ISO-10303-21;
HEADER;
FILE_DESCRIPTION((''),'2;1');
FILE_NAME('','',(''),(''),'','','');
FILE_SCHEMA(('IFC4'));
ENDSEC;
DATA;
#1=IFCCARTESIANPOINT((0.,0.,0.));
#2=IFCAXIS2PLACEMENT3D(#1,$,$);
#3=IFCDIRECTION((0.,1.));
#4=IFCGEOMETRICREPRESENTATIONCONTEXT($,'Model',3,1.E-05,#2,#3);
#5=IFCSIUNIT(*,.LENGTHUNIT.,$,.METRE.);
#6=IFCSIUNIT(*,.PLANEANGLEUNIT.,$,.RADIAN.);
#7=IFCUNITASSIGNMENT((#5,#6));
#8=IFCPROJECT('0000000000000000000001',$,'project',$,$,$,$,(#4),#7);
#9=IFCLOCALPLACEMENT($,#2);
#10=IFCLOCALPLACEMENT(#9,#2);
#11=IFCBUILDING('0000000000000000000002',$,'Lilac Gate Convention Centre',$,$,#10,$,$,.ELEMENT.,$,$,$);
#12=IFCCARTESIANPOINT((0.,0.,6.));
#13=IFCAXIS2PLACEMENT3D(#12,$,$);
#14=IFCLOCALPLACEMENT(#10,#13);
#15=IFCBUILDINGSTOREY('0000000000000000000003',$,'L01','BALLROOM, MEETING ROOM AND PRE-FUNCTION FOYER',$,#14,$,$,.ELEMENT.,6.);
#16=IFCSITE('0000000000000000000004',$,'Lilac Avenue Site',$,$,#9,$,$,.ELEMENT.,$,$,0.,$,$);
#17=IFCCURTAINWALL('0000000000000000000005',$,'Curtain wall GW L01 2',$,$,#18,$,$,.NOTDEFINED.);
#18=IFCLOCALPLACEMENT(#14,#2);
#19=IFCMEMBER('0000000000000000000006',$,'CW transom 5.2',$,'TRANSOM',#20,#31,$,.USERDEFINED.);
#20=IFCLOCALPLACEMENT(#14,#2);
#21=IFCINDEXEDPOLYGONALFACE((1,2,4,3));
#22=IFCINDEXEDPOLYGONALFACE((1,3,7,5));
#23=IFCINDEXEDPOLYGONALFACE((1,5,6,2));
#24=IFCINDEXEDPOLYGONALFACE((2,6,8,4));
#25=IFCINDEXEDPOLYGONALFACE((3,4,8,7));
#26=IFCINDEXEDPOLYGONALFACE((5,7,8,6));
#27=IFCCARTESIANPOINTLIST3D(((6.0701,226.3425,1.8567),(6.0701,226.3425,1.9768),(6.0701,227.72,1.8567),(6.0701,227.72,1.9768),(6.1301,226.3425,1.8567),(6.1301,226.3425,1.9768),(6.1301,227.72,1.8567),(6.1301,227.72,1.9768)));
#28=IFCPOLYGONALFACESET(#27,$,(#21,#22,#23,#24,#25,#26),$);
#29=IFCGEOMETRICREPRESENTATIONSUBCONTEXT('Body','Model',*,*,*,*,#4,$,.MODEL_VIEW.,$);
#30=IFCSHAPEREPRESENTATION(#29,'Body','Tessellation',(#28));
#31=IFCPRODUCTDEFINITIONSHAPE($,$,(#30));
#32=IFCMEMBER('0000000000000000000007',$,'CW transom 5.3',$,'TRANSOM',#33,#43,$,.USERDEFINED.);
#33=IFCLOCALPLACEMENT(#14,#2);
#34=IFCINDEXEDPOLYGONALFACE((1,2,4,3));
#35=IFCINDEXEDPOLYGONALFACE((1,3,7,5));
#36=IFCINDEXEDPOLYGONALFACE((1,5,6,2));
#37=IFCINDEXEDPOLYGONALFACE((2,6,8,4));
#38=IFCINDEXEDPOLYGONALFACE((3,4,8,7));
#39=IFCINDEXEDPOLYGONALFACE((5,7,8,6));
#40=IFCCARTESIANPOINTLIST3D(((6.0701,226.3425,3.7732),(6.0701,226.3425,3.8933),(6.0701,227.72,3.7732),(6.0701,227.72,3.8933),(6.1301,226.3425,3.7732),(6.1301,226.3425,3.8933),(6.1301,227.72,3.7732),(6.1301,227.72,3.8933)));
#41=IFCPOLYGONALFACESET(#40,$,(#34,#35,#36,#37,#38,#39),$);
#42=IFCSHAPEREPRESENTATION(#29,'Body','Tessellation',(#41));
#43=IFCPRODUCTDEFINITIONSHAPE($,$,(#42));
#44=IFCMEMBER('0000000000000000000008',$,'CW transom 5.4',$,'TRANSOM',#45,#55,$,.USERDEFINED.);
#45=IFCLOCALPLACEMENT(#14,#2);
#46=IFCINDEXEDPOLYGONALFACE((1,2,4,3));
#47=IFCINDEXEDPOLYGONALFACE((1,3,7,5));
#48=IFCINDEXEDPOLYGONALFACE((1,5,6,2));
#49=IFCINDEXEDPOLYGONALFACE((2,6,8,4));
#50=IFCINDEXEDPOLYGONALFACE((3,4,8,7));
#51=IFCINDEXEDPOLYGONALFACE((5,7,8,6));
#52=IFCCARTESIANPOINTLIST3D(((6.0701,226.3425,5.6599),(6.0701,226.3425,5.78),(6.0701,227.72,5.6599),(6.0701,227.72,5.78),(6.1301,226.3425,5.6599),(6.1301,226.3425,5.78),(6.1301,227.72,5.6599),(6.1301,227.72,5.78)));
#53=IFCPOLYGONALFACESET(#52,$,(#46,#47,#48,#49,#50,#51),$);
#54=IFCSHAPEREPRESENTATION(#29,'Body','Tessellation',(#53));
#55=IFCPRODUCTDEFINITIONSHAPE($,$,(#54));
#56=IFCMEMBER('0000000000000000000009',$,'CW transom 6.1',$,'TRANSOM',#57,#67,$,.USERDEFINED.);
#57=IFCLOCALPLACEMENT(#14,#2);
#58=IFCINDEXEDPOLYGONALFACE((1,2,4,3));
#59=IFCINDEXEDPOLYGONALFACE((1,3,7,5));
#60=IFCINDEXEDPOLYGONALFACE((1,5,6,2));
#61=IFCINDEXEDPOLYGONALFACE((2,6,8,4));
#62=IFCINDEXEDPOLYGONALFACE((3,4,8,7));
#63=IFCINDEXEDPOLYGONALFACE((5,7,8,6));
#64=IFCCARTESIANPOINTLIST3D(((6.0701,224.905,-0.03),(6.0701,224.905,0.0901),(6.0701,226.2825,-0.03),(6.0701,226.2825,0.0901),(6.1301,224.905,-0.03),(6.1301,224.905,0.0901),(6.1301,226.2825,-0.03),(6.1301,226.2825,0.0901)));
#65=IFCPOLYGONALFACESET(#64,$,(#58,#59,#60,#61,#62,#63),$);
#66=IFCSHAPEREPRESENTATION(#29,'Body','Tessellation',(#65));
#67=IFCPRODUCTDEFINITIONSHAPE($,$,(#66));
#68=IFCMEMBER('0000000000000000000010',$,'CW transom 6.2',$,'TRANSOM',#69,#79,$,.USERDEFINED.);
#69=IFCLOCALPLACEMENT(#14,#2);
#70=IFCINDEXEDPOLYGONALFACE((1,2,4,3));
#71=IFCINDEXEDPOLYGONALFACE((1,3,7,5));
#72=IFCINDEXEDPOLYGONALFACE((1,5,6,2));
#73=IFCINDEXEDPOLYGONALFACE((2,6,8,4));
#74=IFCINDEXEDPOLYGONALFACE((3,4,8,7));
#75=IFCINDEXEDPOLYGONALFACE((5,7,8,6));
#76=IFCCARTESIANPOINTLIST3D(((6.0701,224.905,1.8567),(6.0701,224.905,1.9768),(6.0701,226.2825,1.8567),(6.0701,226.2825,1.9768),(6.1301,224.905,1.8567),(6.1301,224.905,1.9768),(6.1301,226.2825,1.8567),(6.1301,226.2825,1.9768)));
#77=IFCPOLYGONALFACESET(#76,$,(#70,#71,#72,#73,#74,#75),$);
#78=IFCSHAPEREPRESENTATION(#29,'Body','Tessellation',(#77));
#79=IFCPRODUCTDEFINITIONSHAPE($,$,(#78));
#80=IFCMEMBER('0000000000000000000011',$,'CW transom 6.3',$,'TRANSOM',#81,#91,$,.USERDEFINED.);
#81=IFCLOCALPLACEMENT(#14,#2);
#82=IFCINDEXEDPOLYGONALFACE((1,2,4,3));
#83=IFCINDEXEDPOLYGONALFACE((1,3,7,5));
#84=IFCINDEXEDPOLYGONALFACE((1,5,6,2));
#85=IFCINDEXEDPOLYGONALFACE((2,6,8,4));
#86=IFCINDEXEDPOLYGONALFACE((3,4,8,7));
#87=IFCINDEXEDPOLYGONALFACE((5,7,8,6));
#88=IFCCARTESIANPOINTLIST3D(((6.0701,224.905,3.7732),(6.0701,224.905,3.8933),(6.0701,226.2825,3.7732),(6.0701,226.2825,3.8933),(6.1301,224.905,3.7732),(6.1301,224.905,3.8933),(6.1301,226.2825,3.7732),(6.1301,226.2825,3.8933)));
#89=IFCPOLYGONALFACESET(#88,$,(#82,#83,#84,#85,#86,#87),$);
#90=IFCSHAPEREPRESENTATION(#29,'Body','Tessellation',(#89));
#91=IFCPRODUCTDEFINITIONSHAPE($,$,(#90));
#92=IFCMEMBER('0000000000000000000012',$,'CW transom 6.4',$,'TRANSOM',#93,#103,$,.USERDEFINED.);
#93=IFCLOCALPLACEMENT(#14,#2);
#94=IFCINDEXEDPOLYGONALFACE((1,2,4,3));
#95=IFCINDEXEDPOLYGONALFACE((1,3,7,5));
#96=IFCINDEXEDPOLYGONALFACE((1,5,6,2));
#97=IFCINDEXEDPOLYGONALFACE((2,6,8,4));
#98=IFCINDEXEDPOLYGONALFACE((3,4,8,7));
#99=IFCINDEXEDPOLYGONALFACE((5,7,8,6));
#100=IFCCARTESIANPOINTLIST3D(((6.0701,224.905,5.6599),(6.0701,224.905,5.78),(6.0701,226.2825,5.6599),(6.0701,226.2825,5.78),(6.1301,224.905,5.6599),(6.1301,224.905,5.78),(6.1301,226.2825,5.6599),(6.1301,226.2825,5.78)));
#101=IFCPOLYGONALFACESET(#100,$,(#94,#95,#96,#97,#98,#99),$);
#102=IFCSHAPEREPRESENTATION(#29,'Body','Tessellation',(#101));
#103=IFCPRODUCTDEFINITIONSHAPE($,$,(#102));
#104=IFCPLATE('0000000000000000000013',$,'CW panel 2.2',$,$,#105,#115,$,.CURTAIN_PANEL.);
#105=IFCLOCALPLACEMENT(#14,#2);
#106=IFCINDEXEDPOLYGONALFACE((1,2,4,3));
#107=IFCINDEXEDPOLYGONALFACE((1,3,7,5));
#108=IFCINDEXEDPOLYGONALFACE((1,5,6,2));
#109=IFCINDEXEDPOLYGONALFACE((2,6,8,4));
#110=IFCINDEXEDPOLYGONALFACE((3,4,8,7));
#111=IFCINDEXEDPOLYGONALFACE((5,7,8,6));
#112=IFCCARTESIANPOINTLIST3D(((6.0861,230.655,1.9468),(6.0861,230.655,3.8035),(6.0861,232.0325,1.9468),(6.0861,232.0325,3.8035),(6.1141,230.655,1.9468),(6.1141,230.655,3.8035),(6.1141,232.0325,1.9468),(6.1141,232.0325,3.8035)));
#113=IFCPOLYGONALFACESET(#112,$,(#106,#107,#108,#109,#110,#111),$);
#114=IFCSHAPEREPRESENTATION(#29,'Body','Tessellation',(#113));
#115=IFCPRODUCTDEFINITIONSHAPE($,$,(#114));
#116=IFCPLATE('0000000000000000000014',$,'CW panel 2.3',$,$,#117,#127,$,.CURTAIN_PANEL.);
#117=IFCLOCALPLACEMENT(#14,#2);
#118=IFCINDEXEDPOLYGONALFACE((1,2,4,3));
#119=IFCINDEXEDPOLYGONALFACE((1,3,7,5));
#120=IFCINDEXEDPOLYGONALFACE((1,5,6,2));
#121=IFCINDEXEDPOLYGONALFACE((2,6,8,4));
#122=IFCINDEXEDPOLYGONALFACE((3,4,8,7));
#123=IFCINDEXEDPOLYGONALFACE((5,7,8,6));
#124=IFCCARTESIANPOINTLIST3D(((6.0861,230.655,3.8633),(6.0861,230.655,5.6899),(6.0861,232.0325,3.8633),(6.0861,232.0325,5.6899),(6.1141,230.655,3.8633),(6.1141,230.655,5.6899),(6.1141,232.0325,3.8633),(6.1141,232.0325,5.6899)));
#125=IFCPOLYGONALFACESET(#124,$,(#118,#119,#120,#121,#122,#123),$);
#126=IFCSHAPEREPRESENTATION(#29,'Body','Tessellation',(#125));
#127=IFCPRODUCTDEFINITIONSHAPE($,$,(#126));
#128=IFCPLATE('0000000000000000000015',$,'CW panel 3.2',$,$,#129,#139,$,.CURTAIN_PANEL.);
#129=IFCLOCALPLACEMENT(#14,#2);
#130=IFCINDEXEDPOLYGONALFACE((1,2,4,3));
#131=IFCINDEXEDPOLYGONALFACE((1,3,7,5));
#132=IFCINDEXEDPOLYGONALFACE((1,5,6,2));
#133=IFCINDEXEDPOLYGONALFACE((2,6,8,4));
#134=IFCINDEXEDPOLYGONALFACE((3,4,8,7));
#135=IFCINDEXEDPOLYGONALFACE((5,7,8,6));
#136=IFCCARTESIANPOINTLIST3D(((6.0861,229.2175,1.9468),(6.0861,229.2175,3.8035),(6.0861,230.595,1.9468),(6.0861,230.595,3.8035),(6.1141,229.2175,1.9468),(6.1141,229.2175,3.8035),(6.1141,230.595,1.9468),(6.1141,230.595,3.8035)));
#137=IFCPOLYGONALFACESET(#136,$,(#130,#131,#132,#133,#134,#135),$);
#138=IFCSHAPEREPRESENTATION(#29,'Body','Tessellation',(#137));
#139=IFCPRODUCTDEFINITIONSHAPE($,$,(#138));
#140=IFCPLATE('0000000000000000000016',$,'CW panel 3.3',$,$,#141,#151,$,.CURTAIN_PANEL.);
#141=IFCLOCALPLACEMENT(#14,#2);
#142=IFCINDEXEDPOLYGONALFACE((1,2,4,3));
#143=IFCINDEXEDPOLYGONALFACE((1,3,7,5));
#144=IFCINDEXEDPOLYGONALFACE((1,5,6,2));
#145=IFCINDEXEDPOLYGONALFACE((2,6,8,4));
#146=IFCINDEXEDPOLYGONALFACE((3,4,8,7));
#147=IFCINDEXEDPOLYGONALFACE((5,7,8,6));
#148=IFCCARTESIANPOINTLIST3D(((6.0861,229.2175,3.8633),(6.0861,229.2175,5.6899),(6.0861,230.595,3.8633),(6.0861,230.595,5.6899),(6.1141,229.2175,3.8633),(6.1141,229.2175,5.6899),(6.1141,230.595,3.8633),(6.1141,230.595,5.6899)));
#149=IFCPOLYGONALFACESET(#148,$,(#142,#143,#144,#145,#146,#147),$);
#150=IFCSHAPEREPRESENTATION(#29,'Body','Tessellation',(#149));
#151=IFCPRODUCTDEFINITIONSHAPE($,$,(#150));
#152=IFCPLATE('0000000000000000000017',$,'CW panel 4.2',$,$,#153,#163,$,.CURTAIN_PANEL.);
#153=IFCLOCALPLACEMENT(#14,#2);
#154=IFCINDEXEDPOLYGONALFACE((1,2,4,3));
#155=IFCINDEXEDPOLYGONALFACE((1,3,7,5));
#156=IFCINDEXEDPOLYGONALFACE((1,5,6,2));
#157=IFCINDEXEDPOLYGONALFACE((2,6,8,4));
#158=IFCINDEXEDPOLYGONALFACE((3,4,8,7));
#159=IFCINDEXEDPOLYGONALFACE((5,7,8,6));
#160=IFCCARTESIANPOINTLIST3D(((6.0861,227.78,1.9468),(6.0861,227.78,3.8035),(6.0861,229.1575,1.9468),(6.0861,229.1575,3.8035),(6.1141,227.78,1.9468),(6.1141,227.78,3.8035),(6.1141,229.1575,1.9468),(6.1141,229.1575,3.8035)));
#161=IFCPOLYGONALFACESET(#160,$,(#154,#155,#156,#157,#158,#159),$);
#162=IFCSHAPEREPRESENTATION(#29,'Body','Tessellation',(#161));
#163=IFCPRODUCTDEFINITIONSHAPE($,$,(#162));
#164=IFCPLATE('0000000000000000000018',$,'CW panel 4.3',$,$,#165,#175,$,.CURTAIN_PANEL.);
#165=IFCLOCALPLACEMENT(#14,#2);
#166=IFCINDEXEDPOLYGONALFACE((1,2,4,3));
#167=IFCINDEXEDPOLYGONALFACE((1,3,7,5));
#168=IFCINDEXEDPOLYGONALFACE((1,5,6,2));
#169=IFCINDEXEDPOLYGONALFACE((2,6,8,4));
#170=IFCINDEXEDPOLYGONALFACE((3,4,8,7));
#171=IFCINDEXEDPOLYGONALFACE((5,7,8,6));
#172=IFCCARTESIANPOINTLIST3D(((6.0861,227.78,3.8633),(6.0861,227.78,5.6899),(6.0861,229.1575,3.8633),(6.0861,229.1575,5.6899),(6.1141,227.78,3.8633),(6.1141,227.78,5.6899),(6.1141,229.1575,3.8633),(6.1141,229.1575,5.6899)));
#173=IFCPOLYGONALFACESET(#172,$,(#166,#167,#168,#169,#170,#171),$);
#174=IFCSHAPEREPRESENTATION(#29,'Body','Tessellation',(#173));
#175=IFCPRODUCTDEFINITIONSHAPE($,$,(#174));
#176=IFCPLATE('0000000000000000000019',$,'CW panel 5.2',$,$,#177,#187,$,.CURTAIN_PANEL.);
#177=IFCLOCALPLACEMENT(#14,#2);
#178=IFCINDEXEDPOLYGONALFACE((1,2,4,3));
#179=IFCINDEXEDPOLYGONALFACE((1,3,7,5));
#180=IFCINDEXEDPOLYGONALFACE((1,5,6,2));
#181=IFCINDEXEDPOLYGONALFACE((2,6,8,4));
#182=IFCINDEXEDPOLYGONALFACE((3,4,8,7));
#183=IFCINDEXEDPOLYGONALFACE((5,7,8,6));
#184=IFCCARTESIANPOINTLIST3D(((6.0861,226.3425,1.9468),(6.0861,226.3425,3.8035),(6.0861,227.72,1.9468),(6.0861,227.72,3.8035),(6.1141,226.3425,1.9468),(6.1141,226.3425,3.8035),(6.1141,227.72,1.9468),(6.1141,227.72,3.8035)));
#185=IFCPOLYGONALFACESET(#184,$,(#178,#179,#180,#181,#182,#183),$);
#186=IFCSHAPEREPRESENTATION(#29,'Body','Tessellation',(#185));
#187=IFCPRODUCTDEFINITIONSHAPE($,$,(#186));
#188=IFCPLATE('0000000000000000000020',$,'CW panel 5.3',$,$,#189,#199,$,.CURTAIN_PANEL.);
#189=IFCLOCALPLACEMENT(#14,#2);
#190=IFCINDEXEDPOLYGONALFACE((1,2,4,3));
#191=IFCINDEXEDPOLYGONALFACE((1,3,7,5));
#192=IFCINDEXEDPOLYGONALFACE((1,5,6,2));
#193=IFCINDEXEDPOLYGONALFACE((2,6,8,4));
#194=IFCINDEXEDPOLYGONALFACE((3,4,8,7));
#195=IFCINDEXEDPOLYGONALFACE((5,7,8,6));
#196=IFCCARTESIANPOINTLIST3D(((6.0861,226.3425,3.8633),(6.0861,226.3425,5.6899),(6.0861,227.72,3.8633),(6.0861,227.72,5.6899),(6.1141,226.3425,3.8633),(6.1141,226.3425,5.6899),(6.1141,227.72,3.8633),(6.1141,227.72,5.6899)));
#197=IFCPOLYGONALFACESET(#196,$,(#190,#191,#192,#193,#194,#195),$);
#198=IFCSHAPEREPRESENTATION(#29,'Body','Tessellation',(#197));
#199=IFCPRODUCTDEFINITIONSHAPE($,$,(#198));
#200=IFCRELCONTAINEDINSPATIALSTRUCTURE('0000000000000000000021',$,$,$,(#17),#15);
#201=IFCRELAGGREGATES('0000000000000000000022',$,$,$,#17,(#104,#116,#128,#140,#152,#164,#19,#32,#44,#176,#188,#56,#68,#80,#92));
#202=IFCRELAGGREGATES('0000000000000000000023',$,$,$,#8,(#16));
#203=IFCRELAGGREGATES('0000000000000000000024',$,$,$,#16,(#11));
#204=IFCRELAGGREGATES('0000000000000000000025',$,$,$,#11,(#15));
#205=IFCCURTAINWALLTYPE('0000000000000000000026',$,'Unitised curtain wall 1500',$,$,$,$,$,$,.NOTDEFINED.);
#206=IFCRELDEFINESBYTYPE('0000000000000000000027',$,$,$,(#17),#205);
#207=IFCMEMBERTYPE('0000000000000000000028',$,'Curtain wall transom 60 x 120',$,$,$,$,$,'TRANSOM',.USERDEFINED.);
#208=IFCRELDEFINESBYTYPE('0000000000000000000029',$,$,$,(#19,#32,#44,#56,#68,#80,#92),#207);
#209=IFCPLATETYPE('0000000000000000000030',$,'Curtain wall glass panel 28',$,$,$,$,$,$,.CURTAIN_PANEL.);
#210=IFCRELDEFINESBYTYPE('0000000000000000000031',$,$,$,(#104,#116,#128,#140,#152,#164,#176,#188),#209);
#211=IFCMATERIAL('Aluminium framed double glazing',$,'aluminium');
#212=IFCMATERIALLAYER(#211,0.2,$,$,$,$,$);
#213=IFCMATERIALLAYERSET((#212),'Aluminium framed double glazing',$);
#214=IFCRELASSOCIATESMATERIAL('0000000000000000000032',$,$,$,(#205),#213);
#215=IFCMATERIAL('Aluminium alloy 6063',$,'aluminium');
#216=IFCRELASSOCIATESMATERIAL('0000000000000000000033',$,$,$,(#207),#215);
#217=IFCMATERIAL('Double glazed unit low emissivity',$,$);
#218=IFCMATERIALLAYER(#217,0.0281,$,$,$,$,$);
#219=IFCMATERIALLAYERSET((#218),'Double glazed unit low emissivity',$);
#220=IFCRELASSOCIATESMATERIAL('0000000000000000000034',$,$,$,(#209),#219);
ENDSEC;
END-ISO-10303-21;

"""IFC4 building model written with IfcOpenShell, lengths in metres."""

from ifc_helpers import new_model, si_unit, direction, frame, origin, origin_2d, place, context, subcontext, project, spatial, rectangle, extrude, material, layer, layer_set, material_profile, profile_set, type_object, element, aggregate, save


model = new_model("IFC4")

# Units and contexts
model_context = context("Model", 3, precision=1e-05, world=origin(), true_north=direction((0.0, 1.0)))
body_context = subcontext(model_context, "Body", "Model", "MODEL_VIEW")
ifc_project = project(units=[si_unit("LENGTHUNIT", "METRE"), si_unit("PLANEANGLEUNIT", "RADIAN")], contexts=[model_context])

# Site, building, storey
site_placement = place(None, origin())
site = spatial("IfcSite", under=ifc_project, at=site_placement, Name="Lilac Avenue Site", CompositionType="ELEMENT", RefElevation=0.0)
building_placement = place(site_placement, origin())
building = spatial("IfcBuilding", under=site, at=building_placement, Name="Lilac Gate Convention Centre", CompositionType="ELEMENT")
storey_placement = place(building_placement, frame((0.0, 0.0, 6.0)))
storey = spatial("IfcBuildingStorey", under=building, at=storey_placement, Name="L01", Description="BALLROOM, MEETING ROOM AND PRE-FUNCTION FOYER", CompositionType="ELEMENT", Elevation=6.0)

# Curtain wall, members, plates
ifc_material_1 = material(Name="Aluminium framed double glazing", Category="aluminium")
ifc_layer_1 = layer(ifc_material_1, 0.2)
ifc_layer_set_1 = layer_set([ifc_layer_1], Name="Aluminium framed double glazing")
curtain_wall_type = type_object("IfcCurtainWallType", Name="Unitised curtain wall 1500", PredefinedType="NOTDEFINED", material=ifc_layer_set_1)
curtain_wall_placement = place(storey_placement, origin())
curtain_wall = element("IfcCurtainWall", 1, at=curtain_wall_placement, inside=storey, type_object=curtain_wall_type, Name="Curtain wall GW L01 2", PredefinedType="NOTDEFINED")
ifc_material_2 = material(Name="Aluminium alloy 6063", Category="aluminium")
ifc_material_profile_1 = material_profile(ifc_material_2, rectangle(XDim=0.0601, YDim=0.1201, at=origin_2d()), Name="Curtain wall transom 60 x 120")
ifc_profile_set_1 = profile_set([ifc_material_profile_1], Name="Aluminium alloy 6063")
member_type_1 = type_object("IfcMemberType", Name="Curtain wall transom 60 x 120", ElementType="TRANSOM", PredefinedType="USERDEFINED", material=ifc_profile_set_1)
member_1_placement = place(storey_placement, frame((6.1001, 227.72, 1.9167), z_axis=(0.0, -1.0, 0.0), x_axis=(1.0, 0.0, 0.0)))
member_1 = element("IfcMember", 2, at=member_1_placement, type_object=member_type_1, Name="CW transom 5.2", ObjectType="TRANSOM", PredefinedType="USERDEFINED", context=body_context, shape_type="SweptSolid", body=[
    extrude(rectangle(XDim=0.0601, YDim=0.1201, at=origin_2d()), origin(), (0.0, 0.0, 1.0), 1.3774),
])
member_2_placement = place(storey_placement, frame((6.1001, 227.72, 3.8333), z_axis=(0.0, -1.0, 0.0), x_axis=(1.0, 0.0, 0.0)))
member_2 = element("IfcMember", 3, at=member_2_placement, type_object=member_type_1, Name="CW transom 5.3", ObjectType="TRANSOM", PredefinedType="USERDEFINED", context=body_context, shape_type="SweptSolid", body=[
    extrude(rectangle(XDim=0.0601, YDim=0.1201, at=origin_2d()), origin(), (0.0, 0.0, 1.0), 1.3774),
])
member_3_placement = place(storey_placement, frame((6.1001, 227.72, 5.72), z_axis=(0.0, -1.0, 0.0), x_axis=(1.0, 0.0, 0.0)))
member_3 = element("IfcMember", 4, at=member_3_placement, type_object=member_type_1, Name="CW transom 5.4", ObjectType="TRANSOM", PredefinedType="USERDEFINED", context=body_context, shape_type="SweptSolid", body=[
    extrude(rectangle(XDim=0.0601, YDim=0.1201, at=origin_2d()), origin(), (0.0, 0.0, 1.0), 1.3774),
])
member_4_placement = place(storey_placement, frame((6.1001, 226.2825, 0.03), z_axis=(0.0, -1.0, 0.0), x_axis=(1.0, 0.0, 0.0)))
member_4 = element("IfcMember", 5, at=member_4_placement, type_object=member_type_1, Name="CW transom 6.1", ObjectType="TRANSOM", PredefinedType="USERDEFINED", context=body_context, shape_type="SweptSolid", body=[
    extrude(rectangle(XDim=0.0601, YDim=0.1201, at=origin_2d()), origin(), (0.0, 0.0, 1.0), 1.3774),
])
member_5_placement = place(storey_placement, frame((6.1001, 226.2825, 1.9167), z_axis=(0.0, -1.0, 0.0), x_axis=(1.0, 0.0, 0.0)))
member_5 = element("IfcMember", 6, at=member_5_placement, type_object=member_type_1, Name="CW transom 6.2", ObjectType="TRANSOM", PredefinedType="USERDEFINED", context=body_context, shape_type="SweptSolid", body=[
    extrude(rectangle(XDim=0.0601, YDim=0.1201, at=origin_2d()), origin(), (0.0, 0.0, 1.0), 1.3774),
])
member_6_placement = place(storey_placement, frame((6.1001, 226.2825, 3.8333), z_axis=(0.0, -1.0, 0.0), x_axis=(1.0, 0.0, 0.0)))
member_6 = element("IfcMember", 7, at=member_6_placement, type_object=member_type_1, Name="CW transom 6.3", ObjectType="TRANSOM", PredefinedType="USERDEFINED", context=body_context, shape_type="SweptSolid", body=[
    extrude(rectangle(XDim=0.0601, YDim=0.1201, at=origin_2d()), origin(), (0.0, 0.0, 1.0), 1.3774),
])
member_7_placement = place(storey_placement, frame((6.1001, 226.2825, 5.72), z_axis=(0.0, -1.0, 0.0), x_axis=(1.0, 0.0, 0.0)))
member_7 = element("IfcMember", 8, at=member_7_placement, type_object=member_type_1, Name="CW transom 6.4", ObjectType="TRANSOM", PredefinedType="USERDEFINED", context=body_context, shape_type="SweptSolid", body=[
    extrude(rectangle(XDim=0.0601, YDim=0.1201, at=origin_2d()), origin(), (0.0, 0.0, 1.0), 1.3774),
])
ifc_material_3 = material(Name="Double glazed unit low emissivity")
ifc_layer_2 = layer(ifc_material_3, 0.0281)
ifc_layer_set_2 = layer_set([ifc_layer_2], Name="Double glazed unit low emissivity")
plate_type_1 = type_object("IfcPlateType", Name="Curtain wall glass panel 28", PredefinedType="CURTAIN_PANEL", material=ifc_layer_set_2)
plate_1_placement = place(storey_placement, frame((6.1001, 231.3438, 1.9468), z_axis=(0.0, 0.0, 1.0), x_axis=(0.0, -1.0, 0.0)))
plate_1 = element("IfcPlate", 9, at=plate_1_placement, type_object=plate_type_1, Name="CW panel 2.2", PredefinedType="CURTAIN_PANEL", context=body_context, shape_type="SweptSolid", body=[
    extrude(rectangle(XDim=1.3774, YDim=0.0281, at=origin_2d()), origin(), (0.0, 0.0, 1.0), 1.8567),
])
plate_2_placement = place(storey_placement, frame((6.1001, 231.3438, 3.8633), z_axis=(0.0, 0.0, 1.0), x_axis=(0.0, -1.0, 0.0)))
plate_2 = element("IfcPlate", 10, at=plate_2_placement, type_object=plate_type_1, Name="CW panel 2.3", PredefinedType="CURTAIN_PANEL", context=body_context, shape_type="SweptSolid", body=[
    extrude(rectangle(XDim=1.3774, YDim=0.0281, at=origin_2d()), origin(), (0.0, 0.0, 1.0), 1.8267),
])
plate_3_placement = place(storey_placement, frame((6.1001, 229.9062, 1.9468), z_axis=(0.0, 0.0, 1.0), x_axis=(0.0, -1.0, 0.0)))
plate_3 = element("IfcPlate", 11, at=plate_3_placement, type_object=plate_type_1, Name="CW panel 3.2", PredefinedType="CURTAIN_PANEL", context=body_context, shape_type="SweptSolid", body=[
    extrude(rectangle(XDim=1.3774, YDim=0.0281, at=origin_2d()), origin(), (0.0, 0.0, 1.0), 1.8567),
])
plate_4_placement = place(storey_placement, frame((6.1001, 229.9062, 3.8633), z_axis=(0.0, 0.0, 1.0), x_axis=(0.0, -1.0, 0.0)))
plate_4 = element("IfcPlate", 12, at=plate_4_placement, type_object=plate_type_1, Name="CW panel 3.3", PredefinedType="CURTAIN_PANEL", context=body_context, shape_type="SweptSolid", body=[
    extrude(rectangle(XDim=1.3774, YDim=0.0281, at=origin_2d()), origin(), (0.0, 0.0, 1.0), 1.8267),
])
plate_5_placement = place(storey_placement, frame((6.1001, 228.4688, 1.9468), z_axis=(0.0, 0.0, 1.0), x_axis=(0.0, -1.0, 0.0)))
plate_5 = element("IfcPlate", 13, at=plate_5_placement, type_object=plate_type_1, Name="CW panel 4.2", PredefinedType="CURTAIN_PANEL", context=body_context, shape_type="SweptSolid", body=[
    extrude(rectangle(XDim=1.3774, YDim=0.0281, at=origin_2d()), origin(), (0.0, 0.0, 1.0), 1.8567),
])
plate_6_placement = place(storey_placement, frame((6.1001, 228.4688, 3.8633), z_axis=(0.0, 0.0, 1.0), x_axis=(0.0, -1.0, 0.0)))
plate_6 = element("IfcPlate", 14, at=plate_6_placement, type_object=plate_type_1, Name="CW panel 4.3", PredefinedType="CURTAIN_PANEL", context=body_context, shape_type="SweptSolid", body=[
    extrude(rectangle(XDim=1.3774, YDim=0.0281, at=origin_2d()), origin(), (0.0, 0.0, 1.0), 1.8267),
])
plate_7_placement = place(storey_placement, frame((6.1001, 227.0312, 1.9468), z_axis=(0.0, 0.0, 1.0), x_axis=(0.0, -1.0, 0.0)))
plate_7 = element("IfcPlate", 15, at=plate_7_placement, type_object=plate_type_1, Name="CW panel 5.2", PredefinedType="CURTAIN_PANEL", context=body_context, shape_type="SweptSolid", body=[
    extrude(rectangle(XDim=1.3774, YDim=0.0281, at=origin_2d()), origin(), (0.0, 0.0, 1.0), 1.8567),
])
plate_8_placement = place(storey_placement, frame((6.1001, 227.0312, 3.8633), z_axis=(0.0, 0.0, 1.0), x_axis=(0.0, -1.0, 0.0)))
plate_8 = element("IfcPlate", 16, at=plate_8_placement, type_object=plate_type_1, Name="CW panel 5.3", PredefinedType="CURTAIN_PANEL", context=body_context, shape_type="SweptSolid", body=[
    extrude(rectangle(XDim=1.3774, YDim=0.0281, at=origin_2d()), origin(), (0.0, 0.0, 1.0), 1.8267),
])
aggregate(curtain_wall, [plate_1, plate_2, plate_3, plate_4, plate_5, plate_6, member_1, member_2, member_3, plate_7, plate_8, member_4, member_5, member_6, member_7])

save(model, "model.ifc")
